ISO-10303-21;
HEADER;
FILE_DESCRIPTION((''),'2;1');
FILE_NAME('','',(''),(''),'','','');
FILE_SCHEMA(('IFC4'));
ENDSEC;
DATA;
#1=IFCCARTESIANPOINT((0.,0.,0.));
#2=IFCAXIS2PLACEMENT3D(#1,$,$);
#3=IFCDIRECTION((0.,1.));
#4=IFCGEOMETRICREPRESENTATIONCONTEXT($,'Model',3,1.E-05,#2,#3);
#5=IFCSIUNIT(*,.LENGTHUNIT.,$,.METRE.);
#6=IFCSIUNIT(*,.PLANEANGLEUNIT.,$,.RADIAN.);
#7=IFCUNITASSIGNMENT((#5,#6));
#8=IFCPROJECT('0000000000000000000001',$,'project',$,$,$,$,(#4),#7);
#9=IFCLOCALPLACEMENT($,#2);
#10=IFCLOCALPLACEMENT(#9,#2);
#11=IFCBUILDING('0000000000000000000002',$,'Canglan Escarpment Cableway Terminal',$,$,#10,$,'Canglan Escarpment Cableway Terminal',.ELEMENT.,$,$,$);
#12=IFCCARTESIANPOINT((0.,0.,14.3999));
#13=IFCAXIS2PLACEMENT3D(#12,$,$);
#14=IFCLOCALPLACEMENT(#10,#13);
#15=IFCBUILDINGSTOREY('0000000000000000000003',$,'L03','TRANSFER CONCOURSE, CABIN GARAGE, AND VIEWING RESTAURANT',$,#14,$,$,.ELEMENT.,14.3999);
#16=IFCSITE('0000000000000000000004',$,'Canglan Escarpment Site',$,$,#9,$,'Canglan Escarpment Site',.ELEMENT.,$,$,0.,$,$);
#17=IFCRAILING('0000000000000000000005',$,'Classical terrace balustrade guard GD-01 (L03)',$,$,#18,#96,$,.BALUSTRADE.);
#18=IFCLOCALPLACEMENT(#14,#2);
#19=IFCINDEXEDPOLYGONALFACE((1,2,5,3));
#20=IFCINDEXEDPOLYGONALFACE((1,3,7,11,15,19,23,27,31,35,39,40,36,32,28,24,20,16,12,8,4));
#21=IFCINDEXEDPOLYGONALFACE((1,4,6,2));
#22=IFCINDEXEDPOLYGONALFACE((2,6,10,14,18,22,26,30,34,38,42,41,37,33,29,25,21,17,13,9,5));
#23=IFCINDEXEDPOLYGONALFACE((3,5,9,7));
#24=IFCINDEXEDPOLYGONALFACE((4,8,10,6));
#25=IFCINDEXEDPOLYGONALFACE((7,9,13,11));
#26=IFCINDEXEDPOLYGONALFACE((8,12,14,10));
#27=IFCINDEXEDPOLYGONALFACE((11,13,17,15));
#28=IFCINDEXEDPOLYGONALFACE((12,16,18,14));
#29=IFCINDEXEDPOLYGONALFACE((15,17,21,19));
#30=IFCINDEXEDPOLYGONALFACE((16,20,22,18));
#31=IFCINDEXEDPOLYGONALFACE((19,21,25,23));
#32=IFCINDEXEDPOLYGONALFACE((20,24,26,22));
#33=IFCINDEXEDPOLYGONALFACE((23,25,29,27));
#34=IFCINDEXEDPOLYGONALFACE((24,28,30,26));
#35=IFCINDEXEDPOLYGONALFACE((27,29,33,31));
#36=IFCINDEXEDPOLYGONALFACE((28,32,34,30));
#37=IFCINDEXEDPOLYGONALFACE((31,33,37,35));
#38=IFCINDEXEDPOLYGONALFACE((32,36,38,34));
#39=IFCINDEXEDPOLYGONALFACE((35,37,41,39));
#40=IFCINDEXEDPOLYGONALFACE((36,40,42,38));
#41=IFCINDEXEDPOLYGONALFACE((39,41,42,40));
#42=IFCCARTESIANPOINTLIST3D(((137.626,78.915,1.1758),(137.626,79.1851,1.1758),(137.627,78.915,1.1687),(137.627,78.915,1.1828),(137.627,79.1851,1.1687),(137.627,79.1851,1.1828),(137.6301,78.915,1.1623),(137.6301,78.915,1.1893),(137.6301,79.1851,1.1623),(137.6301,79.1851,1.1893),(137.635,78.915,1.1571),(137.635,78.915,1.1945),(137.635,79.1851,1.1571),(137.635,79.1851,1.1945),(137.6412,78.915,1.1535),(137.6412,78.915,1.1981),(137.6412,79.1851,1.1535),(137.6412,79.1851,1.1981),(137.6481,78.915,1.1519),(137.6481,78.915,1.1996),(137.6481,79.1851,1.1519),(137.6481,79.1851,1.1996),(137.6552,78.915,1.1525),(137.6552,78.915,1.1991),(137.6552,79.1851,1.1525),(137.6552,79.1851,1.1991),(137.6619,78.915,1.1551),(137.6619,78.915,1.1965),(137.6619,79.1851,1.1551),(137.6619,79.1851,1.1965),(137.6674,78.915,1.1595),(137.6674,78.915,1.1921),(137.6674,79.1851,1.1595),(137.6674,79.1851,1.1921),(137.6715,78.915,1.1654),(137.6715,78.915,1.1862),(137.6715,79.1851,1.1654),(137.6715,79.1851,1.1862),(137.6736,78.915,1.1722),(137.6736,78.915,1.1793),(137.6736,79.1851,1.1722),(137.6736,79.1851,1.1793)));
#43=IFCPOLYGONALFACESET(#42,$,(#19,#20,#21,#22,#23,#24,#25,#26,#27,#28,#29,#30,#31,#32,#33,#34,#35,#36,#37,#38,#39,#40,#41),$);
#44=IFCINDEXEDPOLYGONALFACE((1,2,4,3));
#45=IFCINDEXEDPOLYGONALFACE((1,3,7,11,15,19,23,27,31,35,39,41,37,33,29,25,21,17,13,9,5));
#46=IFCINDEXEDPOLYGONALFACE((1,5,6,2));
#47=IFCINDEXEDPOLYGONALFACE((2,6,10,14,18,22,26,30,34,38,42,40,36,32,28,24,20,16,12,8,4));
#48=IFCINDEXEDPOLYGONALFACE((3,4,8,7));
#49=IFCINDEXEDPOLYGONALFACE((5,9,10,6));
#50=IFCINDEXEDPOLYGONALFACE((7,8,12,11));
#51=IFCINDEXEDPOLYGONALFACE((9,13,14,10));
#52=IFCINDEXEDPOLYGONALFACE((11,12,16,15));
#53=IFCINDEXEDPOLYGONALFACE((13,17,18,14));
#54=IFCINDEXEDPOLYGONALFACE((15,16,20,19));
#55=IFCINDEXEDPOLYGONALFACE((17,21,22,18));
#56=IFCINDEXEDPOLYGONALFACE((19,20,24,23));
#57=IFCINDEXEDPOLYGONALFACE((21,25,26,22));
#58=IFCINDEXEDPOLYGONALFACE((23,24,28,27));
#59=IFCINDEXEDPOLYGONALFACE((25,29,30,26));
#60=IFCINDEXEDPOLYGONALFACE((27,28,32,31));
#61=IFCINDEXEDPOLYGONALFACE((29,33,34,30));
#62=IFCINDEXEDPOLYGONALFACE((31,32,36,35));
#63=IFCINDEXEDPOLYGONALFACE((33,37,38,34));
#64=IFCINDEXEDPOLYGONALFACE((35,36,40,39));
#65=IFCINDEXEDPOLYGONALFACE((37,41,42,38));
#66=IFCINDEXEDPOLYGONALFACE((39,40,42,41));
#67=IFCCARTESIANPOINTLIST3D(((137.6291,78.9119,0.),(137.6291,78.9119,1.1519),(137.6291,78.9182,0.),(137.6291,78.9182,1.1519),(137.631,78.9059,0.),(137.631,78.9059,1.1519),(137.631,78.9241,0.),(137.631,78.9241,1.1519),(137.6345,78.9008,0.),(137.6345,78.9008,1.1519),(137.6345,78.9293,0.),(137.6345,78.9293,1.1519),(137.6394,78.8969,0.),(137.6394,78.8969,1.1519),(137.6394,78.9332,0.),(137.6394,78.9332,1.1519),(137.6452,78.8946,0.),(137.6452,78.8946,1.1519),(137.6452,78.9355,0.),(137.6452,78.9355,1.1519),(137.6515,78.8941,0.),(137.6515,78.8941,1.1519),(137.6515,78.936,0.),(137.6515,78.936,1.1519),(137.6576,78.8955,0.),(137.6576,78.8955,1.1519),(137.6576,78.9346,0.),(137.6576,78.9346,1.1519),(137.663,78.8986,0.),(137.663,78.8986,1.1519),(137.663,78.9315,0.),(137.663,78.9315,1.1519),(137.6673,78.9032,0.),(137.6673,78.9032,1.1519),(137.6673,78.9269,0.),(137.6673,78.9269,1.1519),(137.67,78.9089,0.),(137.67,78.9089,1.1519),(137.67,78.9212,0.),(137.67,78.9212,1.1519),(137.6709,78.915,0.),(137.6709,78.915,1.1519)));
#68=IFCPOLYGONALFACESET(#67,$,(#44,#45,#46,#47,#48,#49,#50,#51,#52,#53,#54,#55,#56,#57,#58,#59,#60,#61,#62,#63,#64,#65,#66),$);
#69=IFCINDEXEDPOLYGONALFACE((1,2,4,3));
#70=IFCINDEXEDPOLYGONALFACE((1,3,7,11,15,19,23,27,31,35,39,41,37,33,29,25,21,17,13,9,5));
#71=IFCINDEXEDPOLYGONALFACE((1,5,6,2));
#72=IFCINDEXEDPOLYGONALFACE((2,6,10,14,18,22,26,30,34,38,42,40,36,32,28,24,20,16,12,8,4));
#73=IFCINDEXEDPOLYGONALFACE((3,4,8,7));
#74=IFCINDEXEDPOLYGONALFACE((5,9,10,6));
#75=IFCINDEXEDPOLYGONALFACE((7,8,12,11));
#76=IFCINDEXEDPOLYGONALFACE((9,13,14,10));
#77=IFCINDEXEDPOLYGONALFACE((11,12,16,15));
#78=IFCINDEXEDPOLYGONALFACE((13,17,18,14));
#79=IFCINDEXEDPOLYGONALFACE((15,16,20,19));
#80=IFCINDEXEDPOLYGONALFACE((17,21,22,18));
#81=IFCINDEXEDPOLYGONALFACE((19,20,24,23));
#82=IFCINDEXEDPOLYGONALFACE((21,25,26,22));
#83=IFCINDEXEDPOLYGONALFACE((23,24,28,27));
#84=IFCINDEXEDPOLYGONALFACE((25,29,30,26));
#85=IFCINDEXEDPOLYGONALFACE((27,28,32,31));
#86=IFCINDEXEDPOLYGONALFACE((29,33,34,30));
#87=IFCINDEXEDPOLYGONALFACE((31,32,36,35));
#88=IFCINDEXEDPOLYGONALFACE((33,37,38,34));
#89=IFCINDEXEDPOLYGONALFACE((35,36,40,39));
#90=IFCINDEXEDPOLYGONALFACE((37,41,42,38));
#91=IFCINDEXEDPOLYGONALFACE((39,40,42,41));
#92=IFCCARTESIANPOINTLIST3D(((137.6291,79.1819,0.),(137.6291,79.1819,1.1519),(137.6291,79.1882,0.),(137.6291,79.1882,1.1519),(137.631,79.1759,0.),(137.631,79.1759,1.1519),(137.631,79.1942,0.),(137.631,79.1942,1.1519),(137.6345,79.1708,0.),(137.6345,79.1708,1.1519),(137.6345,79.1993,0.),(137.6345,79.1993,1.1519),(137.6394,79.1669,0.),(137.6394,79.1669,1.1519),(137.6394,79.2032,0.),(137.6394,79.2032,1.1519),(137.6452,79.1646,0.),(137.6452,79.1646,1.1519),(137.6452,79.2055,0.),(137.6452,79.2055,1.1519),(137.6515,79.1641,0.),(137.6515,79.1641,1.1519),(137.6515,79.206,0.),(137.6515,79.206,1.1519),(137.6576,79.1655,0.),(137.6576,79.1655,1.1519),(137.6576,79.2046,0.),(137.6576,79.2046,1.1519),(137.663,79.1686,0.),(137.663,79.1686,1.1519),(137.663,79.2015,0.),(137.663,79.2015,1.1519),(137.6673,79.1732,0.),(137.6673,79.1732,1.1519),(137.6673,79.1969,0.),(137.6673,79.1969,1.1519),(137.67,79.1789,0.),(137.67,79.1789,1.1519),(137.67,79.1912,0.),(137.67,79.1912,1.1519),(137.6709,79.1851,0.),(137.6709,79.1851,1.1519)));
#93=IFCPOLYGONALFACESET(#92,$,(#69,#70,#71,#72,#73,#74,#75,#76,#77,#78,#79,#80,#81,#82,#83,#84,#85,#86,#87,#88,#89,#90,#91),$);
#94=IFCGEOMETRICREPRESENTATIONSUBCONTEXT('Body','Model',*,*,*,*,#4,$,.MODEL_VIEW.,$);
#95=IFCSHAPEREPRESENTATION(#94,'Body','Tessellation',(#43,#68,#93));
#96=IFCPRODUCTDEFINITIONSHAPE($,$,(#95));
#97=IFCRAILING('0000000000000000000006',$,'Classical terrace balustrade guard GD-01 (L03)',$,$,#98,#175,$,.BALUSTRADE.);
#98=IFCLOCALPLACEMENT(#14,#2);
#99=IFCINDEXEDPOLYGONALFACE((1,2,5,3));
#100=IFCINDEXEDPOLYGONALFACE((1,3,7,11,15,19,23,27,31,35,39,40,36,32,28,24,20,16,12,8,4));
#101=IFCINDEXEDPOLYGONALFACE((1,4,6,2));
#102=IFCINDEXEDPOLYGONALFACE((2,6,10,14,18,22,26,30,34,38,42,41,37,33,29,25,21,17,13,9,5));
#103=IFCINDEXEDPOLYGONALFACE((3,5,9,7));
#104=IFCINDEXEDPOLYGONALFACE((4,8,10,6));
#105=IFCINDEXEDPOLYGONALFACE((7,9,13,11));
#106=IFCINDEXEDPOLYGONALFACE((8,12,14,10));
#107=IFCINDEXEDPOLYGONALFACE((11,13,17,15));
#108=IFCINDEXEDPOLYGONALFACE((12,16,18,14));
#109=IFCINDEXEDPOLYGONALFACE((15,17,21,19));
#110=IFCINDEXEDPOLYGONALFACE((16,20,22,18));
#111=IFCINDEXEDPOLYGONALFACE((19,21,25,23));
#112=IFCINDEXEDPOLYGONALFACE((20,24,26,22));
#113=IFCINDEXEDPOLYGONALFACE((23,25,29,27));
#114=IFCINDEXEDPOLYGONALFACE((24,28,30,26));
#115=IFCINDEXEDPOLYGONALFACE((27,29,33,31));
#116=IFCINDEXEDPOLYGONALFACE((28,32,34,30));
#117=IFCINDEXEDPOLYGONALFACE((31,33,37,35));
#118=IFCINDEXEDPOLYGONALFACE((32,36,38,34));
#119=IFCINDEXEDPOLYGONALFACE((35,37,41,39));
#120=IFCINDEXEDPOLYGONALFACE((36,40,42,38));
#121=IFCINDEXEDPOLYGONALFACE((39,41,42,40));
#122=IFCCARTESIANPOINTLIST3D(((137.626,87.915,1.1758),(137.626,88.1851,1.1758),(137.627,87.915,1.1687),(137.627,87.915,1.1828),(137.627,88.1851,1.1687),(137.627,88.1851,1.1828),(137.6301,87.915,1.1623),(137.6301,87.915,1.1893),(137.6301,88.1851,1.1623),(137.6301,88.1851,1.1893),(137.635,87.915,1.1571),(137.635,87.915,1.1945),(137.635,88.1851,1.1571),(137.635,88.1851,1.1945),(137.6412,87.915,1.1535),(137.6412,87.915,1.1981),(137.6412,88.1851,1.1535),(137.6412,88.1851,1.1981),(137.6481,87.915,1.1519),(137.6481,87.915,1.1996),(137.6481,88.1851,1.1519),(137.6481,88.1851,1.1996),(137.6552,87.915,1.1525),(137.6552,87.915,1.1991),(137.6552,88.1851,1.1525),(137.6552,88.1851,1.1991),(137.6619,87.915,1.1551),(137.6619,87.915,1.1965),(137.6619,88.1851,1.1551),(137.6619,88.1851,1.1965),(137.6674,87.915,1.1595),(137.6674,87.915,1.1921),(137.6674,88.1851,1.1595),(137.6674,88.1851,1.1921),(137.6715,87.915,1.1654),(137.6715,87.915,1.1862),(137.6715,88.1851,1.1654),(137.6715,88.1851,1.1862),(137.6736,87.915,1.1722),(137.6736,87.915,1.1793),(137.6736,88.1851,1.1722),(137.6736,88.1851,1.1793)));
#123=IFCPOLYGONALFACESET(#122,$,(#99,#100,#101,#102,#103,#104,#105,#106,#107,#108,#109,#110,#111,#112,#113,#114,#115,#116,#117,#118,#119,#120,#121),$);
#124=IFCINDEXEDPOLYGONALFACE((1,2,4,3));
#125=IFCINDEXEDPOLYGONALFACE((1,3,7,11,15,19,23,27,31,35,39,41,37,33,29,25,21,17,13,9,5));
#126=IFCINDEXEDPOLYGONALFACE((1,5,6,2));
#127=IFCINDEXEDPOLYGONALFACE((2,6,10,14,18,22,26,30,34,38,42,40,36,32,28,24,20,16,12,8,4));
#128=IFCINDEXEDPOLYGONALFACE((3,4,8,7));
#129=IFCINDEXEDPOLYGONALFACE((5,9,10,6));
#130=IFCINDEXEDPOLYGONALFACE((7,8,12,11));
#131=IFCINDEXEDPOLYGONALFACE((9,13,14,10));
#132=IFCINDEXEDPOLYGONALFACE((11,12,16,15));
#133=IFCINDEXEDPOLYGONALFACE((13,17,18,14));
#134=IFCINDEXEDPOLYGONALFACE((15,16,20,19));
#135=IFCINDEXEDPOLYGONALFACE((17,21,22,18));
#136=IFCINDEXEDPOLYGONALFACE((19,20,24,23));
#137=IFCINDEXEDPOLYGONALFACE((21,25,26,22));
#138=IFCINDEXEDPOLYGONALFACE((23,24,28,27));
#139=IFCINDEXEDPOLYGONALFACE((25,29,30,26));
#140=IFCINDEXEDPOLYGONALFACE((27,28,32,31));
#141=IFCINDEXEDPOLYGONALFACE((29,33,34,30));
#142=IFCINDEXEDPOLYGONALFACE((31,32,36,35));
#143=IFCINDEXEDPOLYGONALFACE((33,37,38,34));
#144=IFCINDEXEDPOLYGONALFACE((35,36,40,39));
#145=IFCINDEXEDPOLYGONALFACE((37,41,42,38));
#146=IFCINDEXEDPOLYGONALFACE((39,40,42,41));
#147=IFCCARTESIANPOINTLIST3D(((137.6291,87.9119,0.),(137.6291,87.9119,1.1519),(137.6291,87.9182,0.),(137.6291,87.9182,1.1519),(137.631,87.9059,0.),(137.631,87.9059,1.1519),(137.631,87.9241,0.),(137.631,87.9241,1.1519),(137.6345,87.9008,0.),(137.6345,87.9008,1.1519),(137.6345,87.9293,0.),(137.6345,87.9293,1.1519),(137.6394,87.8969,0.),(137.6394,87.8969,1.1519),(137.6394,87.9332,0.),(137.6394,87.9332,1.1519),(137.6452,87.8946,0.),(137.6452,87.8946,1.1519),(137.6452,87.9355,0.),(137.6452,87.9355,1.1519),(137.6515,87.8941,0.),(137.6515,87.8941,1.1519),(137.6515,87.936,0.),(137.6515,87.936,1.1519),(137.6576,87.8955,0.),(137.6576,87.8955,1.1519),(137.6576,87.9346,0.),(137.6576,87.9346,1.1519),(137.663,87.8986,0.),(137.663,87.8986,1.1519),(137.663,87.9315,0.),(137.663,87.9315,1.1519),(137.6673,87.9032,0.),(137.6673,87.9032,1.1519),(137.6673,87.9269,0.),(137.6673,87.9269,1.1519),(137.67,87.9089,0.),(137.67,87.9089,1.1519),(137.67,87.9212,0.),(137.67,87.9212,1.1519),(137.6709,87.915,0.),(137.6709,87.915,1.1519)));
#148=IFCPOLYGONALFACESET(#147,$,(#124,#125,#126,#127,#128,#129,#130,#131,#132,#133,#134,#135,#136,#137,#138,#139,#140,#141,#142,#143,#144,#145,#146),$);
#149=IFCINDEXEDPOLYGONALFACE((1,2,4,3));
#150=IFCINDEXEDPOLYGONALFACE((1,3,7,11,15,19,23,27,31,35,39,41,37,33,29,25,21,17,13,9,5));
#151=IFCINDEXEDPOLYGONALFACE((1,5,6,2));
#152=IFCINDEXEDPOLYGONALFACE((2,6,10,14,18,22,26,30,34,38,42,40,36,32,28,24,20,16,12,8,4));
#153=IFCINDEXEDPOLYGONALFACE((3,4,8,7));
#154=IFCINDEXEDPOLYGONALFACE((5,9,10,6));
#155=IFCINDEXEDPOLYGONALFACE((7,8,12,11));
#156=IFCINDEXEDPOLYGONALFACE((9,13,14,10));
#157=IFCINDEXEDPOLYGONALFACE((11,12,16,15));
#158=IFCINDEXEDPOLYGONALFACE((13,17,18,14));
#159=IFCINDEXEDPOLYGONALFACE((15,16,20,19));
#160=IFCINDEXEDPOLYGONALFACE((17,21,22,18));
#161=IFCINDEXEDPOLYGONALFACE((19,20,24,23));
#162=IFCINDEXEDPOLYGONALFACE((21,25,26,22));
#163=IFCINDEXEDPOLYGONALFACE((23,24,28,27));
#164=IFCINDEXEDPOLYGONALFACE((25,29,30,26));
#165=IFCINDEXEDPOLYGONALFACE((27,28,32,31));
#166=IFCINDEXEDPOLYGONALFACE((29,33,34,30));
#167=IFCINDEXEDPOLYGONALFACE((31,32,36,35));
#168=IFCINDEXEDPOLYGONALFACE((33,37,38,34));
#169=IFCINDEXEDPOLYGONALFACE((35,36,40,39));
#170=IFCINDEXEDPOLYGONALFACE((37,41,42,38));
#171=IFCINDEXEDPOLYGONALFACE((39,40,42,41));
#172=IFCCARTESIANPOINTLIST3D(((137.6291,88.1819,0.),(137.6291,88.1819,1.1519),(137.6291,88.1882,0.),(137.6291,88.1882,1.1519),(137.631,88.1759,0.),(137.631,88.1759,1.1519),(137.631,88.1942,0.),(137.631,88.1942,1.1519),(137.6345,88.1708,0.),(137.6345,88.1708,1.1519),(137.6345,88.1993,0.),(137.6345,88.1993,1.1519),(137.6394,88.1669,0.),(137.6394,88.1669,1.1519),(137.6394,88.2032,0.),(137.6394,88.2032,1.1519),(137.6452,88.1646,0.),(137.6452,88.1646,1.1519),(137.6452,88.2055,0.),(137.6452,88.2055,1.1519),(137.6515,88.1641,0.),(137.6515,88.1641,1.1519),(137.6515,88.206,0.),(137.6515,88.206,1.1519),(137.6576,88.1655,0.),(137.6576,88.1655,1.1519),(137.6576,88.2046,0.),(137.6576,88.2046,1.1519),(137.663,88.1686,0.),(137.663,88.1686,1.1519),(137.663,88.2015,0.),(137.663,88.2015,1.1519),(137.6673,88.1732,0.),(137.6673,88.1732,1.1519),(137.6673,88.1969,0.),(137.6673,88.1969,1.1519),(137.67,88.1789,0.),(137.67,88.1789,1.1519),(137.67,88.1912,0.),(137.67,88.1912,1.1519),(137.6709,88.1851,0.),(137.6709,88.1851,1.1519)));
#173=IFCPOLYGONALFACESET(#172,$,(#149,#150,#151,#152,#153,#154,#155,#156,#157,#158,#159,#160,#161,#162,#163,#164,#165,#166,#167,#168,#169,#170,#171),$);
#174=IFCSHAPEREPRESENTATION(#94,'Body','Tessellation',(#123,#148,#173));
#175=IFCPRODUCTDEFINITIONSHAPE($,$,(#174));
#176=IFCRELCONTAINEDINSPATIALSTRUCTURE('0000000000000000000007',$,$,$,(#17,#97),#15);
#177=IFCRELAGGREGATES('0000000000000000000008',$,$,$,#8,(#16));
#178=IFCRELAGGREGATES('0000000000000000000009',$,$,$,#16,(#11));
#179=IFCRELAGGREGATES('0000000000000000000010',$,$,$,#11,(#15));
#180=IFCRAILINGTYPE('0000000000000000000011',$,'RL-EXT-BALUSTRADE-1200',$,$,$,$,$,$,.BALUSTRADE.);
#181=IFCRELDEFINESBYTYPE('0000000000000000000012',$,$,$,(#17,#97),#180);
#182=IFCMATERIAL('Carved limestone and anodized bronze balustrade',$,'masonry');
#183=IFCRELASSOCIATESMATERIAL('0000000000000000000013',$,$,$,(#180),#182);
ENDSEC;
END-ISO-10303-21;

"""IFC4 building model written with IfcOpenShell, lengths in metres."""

from ifc_helpers import new_model, si_unit, direction, frame, origin, origin_2d, place, context, subcontext, project, spatial, circle, extrude, material, type_object, element, save


model = new_model("IFC4")

# Units and contexts
model_context = context("Model", 3, precision=1e-05, world=origin(), true_north=direction((0.0, 1.0)))
body_context = subcontext(model_context, "Body", "Model", "MODEL_VIEW")
ifc_project = project(units=[si_unit("LENGTHUNIT", "METRE"), si_unit("PLANEANGLEUNIT", "RADIAN")], contexts=[model_context])

# Site, building, storey
site_placement = place(None, origin())
site = spatial("IfcSite", under=ifc_project, at=site_placement, Name="Canglan Escarpment Site", LongName="Canglan Escarpment Site", CompositionType="ELEMENT", RefElevation=0.0)
building_placement = place(site_placement, origin())
building = spatial("IfcBuilding", under=site, at=building_placement, Name="Canglan Escarpment Cableway Terminal", LongName="Canglan Escarpment Cableway Terminal", CompositionType="ELEMENT")
storey_placement = place(building_placement, frame((0.0, 0.0, 14.3999)))
storey = spatial("IfcBuildingStorey", under=building, at=storey_placement, Name="L03", Description="TRANSFER CONCOURSE, CABIN GARAGE, AND VIEWING RESTAURANT", CompositionType="ELEMENT", Elevation=14.3999)

# Railings
ifc_material_1 = material(Name="Carved limestone and anodized bronze balustrade", Category="masonry")
railing_type = type_object("IfcRailingType", Name="RL-EXT-BALUSTRADE-1200", PredefinedType="BALUSTRADE", material=ifc_material_1)
for number, where, name in (
    (1, (137.6499, 78.915, 0.0), "Classical terrace balustrade guard GD-01 (L03)"),
    (2, (137.6499, 87.915, 0.0), "Classical terrace balustrade guard GD-01 (L03)"),
):
    element("IfcRailing", number, at=place(storey_placement, frame(where)), inside=storey, type_object=railing_type, Name=name, PredefinedType="BALUSTRADE", context=body_context, shape_type="SweptSolid", body=[
        extrude(circle(Radius=0.0239, at=origin_2d()), frame((0.0, 0.0, 1.1758), z_axis=(0.0, 1.0, 0.0), x_axis=(-1.0, 0.0, 0.0)), (0.0, 0.0, 1.0), 0.27),
        extrude(circle(Radius=0.021, at=origin_2d()), origin(), (0.0, 0.0, 1.0), 1.1519),
        extrude(circle(Radius=0.021, at=origin_2d()), frame((0.0, 0.27, 0.0)), (0.0, 0.0, 1.0), 1.1519),
    ])

save(model, "model.ifc")
